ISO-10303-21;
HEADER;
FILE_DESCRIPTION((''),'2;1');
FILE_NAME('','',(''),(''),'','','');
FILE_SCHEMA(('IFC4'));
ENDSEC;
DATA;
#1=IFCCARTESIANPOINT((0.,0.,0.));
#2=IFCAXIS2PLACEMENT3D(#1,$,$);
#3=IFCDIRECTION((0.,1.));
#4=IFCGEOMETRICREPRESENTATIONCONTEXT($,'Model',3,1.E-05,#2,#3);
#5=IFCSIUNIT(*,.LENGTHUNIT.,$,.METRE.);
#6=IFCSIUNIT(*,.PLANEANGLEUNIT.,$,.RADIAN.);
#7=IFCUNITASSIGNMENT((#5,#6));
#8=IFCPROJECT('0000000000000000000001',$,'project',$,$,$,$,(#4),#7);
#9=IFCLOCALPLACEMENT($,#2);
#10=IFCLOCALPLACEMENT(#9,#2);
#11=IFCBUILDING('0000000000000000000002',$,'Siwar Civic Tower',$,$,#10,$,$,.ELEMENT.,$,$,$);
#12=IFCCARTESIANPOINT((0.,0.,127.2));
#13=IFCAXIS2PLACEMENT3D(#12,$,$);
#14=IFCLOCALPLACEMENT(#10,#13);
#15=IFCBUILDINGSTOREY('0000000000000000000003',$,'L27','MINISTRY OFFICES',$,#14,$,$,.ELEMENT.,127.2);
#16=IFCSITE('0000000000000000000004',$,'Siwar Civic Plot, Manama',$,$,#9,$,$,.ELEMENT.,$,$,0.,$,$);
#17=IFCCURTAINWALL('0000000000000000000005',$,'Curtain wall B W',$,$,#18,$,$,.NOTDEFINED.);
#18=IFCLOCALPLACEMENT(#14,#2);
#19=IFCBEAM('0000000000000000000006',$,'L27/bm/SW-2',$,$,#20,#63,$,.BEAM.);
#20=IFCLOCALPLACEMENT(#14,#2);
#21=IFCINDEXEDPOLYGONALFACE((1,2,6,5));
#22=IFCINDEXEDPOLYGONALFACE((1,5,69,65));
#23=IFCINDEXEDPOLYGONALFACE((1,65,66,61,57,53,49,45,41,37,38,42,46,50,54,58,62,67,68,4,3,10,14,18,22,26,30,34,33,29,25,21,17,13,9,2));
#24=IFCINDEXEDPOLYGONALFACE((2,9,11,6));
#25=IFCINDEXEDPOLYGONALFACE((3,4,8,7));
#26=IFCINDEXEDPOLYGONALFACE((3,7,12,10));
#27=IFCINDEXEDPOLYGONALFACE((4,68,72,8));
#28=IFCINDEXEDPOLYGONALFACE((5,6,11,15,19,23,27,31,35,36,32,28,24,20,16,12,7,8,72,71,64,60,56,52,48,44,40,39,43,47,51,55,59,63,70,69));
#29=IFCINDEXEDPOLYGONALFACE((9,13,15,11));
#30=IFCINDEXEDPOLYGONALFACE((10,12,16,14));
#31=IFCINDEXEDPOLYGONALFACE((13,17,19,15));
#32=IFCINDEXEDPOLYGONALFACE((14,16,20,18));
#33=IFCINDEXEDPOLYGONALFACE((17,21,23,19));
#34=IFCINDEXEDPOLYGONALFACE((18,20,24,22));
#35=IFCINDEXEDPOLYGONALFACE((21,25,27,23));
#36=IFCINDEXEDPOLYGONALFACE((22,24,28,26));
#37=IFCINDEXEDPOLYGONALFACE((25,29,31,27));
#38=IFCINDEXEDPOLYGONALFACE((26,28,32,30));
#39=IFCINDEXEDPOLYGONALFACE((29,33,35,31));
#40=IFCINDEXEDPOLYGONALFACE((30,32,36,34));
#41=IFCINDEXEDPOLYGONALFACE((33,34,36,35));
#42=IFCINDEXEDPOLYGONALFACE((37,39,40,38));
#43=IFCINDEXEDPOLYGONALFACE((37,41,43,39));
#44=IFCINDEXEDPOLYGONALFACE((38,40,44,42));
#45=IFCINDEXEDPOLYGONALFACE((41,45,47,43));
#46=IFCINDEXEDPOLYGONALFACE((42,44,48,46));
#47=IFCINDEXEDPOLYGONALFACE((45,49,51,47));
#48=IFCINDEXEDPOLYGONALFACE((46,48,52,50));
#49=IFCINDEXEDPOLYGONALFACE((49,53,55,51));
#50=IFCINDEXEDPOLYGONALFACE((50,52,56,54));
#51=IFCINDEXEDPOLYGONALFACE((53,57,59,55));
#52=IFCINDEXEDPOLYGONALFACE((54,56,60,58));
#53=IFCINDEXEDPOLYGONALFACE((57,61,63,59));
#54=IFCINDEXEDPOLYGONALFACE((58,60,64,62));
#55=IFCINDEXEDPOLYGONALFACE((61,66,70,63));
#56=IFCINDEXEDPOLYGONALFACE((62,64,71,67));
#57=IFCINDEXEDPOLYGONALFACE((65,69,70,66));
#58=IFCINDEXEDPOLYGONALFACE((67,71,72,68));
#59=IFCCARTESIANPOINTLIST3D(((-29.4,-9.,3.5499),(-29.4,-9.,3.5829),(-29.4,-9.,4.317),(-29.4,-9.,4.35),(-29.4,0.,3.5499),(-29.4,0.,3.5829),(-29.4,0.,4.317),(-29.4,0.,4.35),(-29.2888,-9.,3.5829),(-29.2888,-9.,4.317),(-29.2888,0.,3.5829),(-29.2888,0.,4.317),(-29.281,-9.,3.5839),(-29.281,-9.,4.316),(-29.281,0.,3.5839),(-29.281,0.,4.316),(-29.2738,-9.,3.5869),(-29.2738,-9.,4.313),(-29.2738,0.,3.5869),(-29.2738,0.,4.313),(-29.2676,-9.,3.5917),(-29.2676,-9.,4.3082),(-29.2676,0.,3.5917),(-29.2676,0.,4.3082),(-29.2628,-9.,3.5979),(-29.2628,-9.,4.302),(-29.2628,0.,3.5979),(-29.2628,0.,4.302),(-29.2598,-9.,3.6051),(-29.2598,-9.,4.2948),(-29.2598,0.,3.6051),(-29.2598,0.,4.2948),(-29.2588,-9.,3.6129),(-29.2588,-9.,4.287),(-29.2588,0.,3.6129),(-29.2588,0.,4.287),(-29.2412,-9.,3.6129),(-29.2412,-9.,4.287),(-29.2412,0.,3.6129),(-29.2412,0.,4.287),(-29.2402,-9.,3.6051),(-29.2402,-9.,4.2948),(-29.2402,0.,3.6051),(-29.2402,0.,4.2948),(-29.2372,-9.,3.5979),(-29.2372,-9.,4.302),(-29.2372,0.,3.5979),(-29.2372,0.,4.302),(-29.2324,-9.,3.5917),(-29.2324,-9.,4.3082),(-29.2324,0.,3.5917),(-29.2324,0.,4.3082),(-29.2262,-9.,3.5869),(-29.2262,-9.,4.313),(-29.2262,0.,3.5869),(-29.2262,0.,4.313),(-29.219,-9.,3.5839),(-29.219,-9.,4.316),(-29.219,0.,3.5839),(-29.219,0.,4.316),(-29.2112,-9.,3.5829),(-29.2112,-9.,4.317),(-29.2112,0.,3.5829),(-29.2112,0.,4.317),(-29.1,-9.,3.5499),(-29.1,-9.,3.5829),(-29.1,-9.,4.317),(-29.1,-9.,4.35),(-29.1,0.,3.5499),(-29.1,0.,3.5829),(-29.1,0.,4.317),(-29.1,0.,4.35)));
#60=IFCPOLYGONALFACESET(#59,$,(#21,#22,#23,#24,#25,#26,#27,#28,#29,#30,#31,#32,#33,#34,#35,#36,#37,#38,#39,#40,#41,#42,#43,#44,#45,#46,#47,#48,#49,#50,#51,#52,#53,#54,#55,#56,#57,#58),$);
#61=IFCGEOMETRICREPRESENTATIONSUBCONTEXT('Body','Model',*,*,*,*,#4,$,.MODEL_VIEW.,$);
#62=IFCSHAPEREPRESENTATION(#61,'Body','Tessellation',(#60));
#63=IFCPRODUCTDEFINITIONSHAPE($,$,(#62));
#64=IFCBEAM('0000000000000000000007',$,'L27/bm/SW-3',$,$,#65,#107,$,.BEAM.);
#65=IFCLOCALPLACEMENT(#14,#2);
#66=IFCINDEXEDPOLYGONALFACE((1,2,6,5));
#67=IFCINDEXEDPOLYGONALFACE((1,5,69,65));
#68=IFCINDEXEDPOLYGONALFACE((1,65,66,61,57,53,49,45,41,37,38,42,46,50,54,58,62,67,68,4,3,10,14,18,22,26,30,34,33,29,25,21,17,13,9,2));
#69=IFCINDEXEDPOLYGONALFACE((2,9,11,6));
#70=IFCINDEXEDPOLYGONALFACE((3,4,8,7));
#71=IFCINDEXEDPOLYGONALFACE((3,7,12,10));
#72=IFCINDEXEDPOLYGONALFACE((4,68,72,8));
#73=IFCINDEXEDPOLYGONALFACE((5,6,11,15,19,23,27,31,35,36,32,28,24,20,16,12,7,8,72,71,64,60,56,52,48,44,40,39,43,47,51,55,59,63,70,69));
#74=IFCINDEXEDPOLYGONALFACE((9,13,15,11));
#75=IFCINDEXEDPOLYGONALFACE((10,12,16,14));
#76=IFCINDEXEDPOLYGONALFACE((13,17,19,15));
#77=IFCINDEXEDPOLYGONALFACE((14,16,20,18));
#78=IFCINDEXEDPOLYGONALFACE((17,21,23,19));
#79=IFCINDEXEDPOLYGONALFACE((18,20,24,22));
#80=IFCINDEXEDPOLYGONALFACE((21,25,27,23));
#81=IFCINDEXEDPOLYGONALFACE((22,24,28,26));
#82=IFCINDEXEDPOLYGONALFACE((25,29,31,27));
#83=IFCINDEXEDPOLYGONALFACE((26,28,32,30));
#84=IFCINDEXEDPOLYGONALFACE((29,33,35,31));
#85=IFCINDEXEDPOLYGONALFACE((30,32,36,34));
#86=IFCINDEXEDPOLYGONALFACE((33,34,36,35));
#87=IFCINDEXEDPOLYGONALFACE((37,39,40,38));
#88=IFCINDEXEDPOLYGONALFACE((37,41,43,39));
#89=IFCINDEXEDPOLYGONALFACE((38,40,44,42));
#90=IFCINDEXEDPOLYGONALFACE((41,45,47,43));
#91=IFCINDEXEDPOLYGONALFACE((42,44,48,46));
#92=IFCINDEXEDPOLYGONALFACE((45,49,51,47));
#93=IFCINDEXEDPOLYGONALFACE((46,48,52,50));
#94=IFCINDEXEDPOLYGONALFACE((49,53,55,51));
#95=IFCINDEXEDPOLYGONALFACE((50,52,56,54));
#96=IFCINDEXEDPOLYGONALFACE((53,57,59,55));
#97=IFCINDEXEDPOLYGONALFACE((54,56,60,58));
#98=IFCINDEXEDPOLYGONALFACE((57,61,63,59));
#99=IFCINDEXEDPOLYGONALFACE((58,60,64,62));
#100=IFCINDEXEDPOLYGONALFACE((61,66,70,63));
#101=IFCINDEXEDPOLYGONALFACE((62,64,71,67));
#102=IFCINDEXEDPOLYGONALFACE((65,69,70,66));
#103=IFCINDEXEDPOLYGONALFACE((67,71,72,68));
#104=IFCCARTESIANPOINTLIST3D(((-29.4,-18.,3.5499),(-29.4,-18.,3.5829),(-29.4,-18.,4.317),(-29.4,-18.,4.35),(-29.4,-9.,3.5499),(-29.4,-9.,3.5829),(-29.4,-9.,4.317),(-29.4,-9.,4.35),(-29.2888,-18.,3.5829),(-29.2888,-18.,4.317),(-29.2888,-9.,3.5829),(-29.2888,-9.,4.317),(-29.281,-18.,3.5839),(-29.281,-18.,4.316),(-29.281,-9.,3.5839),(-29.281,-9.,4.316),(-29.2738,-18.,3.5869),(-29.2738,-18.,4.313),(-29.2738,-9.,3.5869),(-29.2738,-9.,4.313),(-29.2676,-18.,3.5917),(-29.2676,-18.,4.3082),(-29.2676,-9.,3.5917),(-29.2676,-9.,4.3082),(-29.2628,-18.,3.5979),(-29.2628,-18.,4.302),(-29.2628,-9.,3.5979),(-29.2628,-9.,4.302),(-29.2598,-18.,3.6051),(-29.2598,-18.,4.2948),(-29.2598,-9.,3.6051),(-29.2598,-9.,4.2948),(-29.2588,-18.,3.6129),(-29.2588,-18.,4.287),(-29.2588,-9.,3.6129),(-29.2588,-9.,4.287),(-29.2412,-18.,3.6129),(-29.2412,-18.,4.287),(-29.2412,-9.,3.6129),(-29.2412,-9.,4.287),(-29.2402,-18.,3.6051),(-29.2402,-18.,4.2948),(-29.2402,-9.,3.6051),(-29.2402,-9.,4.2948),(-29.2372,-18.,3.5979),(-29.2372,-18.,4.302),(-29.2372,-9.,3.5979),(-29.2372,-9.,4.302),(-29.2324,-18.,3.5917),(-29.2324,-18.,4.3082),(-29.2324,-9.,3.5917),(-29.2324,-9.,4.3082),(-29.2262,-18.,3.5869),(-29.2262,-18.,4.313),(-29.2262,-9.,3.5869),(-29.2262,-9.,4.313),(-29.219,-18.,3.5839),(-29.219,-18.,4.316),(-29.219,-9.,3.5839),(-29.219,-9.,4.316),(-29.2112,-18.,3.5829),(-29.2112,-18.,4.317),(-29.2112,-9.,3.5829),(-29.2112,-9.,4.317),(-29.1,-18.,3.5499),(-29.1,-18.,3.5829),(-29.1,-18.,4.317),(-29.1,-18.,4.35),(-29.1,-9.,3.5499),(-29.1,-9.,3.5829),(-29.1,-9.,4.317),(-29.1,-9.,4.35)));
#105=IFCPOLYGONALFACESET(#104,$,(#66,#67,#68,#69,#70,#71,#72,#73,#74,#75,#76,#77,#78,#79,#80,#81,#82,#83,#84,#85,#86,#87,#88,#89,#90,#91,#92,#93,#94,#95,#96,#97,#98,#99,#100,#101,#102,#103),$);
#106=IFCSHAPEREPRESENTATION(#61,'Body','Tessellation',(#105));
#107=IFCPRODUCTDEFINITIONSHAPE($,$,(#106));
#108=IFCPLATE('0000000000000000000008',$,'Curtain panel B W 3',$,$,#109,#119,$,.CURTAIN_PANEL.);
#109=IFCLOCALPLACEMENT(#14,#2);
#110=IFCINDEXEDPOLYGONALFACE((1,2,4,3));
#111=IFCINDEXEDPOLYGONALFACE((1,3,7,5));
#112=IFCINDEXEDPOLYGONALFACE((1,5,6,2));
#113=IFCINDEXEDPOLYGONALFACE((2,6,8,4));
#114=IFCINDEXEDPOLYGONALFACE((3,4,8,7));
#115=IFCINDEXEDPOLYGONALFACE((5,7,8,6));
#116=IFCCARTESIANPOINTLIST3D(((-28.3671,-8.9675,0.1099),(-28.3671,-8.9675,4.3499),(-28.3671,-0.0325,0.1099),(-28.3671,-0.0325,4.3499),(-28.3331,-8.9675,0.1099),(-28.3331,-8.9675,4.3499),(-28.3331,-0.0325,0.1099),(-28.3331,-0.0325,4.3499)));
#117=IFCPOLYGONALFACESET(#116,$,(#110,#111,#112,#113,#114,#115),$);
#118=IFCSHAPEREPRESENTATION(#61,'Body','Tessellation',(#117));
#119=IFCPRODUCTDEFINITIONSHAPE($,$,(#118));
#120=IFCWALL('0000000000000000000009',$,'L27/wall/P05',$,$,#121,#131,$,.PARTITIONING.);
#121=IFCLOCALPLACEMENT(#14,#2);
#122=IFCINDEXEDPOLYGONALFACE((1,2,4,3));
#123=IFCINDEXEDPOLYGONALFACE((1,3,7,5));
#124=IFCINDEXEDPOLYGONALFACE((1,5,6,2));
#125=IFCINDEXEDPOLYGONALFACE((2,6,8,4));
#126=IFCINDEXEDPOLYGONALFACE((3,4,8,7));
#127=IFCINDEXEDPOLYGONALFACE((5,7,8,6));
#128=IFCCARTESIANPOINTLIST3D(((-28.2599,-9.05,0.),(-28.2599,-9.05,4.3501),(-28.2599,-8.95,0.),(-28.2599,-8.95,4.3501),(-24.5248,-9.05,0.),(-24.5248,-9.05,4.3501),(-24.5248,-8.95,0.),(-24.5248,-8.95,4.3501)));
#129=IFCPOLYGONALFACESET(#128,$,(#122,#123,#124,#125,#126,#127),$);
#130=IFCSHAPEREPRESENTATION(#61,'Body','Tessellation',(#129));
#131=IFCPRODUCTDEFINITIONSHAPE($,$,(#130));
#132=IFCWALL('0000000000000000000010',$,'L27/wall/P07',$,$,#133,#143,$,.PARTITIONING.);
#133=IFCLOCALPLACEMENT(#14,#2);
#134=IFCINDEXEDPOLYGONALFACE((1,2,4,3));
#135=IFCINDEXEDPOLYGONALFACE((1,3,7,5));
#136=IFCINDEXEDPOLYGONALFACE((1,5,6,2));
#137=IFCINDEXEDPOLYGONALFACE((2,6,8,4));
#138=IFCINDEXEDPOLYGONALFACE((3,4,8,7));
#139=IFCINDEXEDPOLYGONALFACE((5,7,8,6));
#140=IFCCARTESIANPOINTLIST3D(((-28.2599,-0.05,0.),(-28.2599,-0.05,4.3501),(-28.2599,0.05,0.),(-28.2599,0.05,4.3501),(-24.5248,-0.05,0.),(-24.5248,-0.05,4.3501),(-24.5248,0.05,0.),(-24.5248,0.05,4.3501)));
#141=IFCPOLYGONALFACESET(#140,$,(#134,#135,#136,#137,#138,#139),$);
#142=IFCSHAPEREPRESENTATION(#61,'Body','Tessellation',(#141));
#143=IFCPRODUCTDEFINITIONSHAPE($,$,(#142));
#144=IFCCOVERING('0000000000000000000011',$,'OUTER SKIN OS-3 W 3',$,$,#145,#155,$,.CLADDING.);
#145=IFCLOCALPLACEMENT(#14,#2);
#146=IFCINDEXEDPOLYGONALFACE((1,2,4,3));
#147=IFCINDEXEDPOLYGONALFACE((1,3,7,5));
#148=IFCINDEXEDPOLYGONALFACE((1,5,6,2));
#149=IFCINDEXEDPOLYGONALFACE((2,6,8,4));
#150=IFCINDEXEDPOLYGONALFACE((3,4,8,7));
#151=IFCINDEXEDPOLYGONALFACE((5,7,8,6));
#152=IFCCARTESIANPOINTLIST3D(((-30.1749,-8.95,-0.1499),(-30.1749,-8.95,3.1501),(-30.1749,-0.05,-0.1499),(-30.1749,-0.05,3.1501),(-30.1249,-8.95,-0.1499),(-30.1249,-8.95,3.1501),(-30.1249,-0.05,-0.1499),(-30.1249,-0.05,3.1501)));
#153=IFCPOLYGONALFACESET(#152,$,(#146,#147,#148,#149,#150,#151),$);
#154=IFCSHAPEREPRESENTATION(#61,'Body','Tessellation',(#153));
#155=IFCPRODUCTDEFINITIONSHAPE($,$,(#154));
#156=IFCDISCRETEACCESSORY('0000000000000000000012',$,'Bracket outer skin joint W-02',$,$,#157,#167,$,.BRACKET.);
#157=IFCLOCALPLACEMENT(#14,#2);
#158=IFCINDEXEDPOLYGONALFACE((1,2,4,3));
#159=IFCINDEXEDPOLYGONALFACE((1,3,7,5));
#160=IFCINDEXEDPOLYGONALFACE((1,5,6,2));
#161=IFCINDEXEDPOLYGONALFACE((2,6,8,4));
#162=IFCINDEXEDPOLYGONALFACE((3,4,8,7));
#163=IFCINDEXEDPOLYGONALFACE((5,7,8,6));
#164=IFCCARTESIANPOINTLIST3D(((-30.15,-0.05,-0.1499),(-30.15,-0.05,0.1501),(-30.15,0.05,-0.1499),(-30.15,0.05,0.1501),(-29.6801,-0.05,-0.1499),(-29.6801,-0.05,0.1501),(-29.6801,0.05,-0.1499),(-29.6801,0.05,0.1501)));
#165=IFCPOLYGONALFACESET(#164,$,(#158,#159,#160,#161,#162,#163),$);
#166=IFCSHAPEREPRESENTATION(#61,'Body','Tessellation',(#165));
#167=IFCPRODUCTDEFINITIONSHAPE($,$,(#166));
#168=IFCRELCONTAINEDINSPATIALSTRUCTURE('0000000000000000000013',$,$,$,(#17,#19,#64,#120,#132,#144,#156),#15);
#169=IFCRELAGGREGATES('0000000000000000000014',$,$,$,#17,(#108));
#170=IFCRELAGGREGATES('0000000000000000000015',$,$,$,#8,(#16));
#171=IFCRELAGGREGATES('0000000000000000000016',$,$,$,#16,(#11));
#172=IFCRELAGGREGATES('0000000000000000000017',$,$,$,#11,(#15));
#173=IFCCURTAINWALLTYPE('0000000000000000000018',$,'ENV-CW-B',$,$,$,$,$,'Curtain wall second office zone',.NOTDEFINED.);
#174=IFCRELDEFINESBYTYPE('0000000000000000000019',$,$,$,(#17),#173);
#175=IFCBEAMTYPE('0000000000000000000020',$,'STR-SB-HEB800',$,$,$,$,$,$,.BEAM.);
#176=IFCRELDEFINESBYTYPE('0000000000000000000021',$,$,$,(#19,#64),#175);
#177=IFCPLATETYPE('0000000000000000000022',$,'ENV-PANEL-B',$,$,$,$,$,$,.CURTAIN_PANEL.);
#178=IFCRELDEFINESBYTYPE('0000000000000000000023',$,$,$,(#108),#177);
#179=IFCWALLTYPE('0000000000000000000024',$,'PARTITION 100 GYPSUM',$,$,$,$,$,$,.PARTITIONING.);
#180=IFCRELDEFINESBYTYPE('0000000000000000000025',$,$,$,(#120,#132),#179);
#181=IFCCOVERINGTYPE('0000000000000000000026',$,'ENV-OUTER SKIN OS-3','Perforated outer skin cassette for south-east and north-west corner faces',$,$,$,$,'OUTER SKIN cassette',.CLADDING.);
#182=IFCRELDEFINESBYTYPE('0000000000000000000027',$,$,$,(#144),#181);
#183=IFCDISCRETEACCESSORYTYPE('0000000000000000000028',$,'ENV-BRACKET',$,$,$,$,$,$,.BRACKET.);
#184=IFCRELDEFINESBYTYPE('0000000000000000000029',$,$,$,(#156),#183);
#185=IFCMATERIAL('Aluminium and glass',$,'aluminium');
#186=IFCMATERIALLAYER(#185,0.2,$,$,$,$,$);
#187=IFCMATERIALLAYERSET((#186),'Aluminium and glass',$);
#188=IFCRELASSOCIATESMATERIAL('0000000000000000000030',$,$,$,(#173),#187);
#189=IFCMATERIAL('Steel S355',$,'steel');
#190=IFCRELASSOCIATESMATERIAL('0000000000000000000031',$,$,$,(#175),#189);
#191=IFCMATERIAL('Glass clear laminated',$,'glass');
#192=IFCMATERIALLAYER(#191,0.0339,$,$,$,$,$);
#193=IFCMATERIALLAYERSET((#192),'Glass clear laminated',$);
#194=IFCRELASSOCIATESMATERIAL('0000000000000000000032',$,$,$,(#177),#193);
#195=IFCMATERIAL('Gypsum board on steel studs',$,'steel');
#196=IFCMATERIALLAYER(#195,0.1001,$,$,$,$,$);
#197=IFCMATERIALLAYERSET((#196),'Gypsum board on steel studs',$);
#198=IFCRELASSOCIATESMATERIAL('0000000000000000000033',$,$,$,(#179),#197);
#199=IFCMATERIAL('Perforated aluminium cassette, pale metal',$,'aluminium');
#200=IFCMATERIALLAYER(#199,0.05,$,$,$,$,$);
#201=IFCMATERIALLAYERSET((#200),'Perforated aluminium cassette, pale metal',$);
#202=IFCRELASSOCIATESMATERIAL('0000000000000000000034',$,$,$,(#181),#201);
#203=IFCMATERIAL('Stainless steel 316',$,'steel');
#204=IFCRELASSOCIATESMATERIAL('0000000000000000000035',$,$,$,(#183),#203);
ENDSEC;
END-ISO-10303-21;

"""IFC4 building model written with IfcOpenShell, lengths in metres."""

from ifc_helpers import new_model, si_unit, direction, frame, frame_2d, origin, origin_2d, place, context, subcontext, project, spatial, rectangle, i_section, extrude, material, layer, layer_set, material_profile, profile_set, type_object, element, aggregate, save


model = new_model("IFC4")

# Units and contexts
model_context = context("Model", 3, precision=1e-05, world=origin(), true_north=direction((0.0, 1.0)))
body_context = subcontext(model_context, "Body", "Model", "MODEL_VIEW")
ifc_project = project(units=[si_unit("LENGTHUNIT", "METRE"), si_unit("PLANEANGLEUNIT", "RADIAN")], contexts=[model_context])

# Site, building, storey
site_placement = place(None, origin())
site = spatial("IfcSite", under=ifc_project, at=site_placement, Name="Siwar Civic Plot, Manama", CompositionType="ELEMENT", RefElevation=0.0)
building_placement = place(site_placement, origin())
building = spatial("IfcBuilding", under=site, at=building_placement, Name="Siwar Civic Tower", CompositionType="ELEMENT")
storey_placement = place(building_placement, frame((0.0, 0.0, 127.2)))
storey = spatial("IfcBuildingStorey", under=building, at=storey_placement, Name="L27", Description="MINISTRY OFFICES", CompositionType="ELEMENT", Elevation=127.2)

# Curtain wall
ifc_material_1 = material(Name="Aluminium and glass", Category="aluminium")
ifc_layer_1 = layer(ifc_material_1, 0.2)
ifc_layer_set_1 = layer_set([ifc_layer_1], Name="Aluminium and glass")
curtain_wall_type = type_object("IfcCurtainWallType", Name="ENV-CW-B", ElementType="Curtain wall second office zone", PredefinedType="NOTDEFINED", material=ifc_layer_set_1)
curtain_wall_placement = place(storey_placement, origin())
curtain_wall = element("IfcCurtainWall", 1, at=curtain_wall_placement, inside=storey, type_object=curtain_wall_type, Name="Curtain wall B W", PredefinedType="NOTDEFINED")

# Beams
ifc_material_2 = material(Name="Steel S355", Category="steel")
ifc_material_profile_1 = material_profile(ifc_material_2, i_section(OverallWidth=0.3, OverallDepth=0.8, WebThickness=0.0176, FlangeThickness=0.033, FilletRadius=0.03, at=origin_2d()), Name="HEB800")
ifc_profile_set_1 = profile_set([ifc_material_profile_1], Name="Steel S355")
beam_type_1 = type_object("IfcBeamType", Name="STR-SB-HEB800", PredefinedType="BEAM", material=ifc_profile_set_1)
for number, where, z_axis, x_axis, name in (
    (2, (-29.25, 0.0, 3.95), (0.0, -1.0, 0.0), (1.0, 0.0, 0.0), "L27/bm/SW-2"),
    (3, (-29.25, -9.0, 3.95), (0.0, -1.0, 0.0), (1.0, 0.0, 0.0), "L27/bm/SW-3"),
):
    element("IfcBeam", number, at=place(storey_placement, frame(where, z_axis=z_axis, x_axis=x_axis)), inside=storey, type_object=beam_type_1, Name=name, PredefinedType="BEAM", context=body_context, shape_type="SweptSolid", body=[
        extrude(i_section(OverallWidth=0.3, OverallDepth=0.8, WebThickness=0.0176, FlangeThickness=0.033, FilletRadius=0.03, at=origin_2d()), origin(), (0.0, 0.0, 1.0), 9.0),
    ])

# Plate
ifc_material_3 = material(Name="Glass clear laminated", Category="glass")
ifc_layer_2 = layer(ifc_material_3, 0.0339)
ifc_layer_set_2 = layer_set([ifc_layer_2], Name="Glass clear laminated")
plate_type = type_object("IfcPlateType", Name="ENV-PANEL-B", PredefinedType="CURTAIN_PANEL", material=ifc_layer_set_2)
plate_placement = place(storey_placement, frame((-28.3501, -4.5, 0.1099), z_axis=(0.0, 0.0, 1.0), x_axis=(0.0, -1.0, 0.0)))
plate = element("IfcPlate", 4, at=plate_placement, type_object=plate_type, Name="Curtain panel B W 3", PredefinedType="CURTAIN_PANEL", context=body_context, shape_type="SweptSolid", body=[
    extrude(rectangle(XDim=8.9351, YDim=0.0339, at=origin_2d()), origin(), (0.0, 0.0, 1.0), 4.24),
])
aggregate(curtain_wall, [plate])

# Walls
ifc_material_4 = material(Name="Gypsum board on steel studs", Category="steel")
ifc_layer_3 = layer(ifc_material_4, 0.1001)
ifc_layer_set_3 = layer_set([ifc_layer_3], Name="Gypsum board on steel studs")
wall_type = type_object("IfcWallType", Name="PARTITION 100 GYPSUM", PredefinedType="PARTITIONING", material=ifc_layer_set_3)
for number, where, z_axis, x_axis, name in (
    (5, (-28.26, -9.0, 0.0), (0.0, 0.0, 1.0), (1.0, 0.0, 0.0), "L27/wall/P05"),
    (6, (-28.26, 0.0, 0.0), (0.0, 0.0, 1.0), (1.0, 0.0, 0.0), "L27/wall/P07"),
):
    element("IfcWall", number, at=place(storey_placement, frame(where, z_axis=z_axis, x_axis=x_axis)), inside=storey, type_object=wall_type, Name=name, PredefinedType="PARTITIONING", context=body_context, shape_type="SweptSolid", body=[
        extrude(rectangle(XDim=3.7351, YDim=0.1001, at=frame_2d((1.8677, 0.0))), origin(), (0.0, 0.0, 1.0), 4.3501),
    ])

# Covering
ifc_material_5 = material(Name="Perforated aluminium cassette, pale metal", Category="aluminium")
ifc_layer_4 = layer(ifc_material_5, 0.05)
ifc_layer_set_4 = layer_set([ifc_layer_4], Name="Perforated aluminium cassette, pale metal")
covering_type = type_object("IfcCoveringType", Name="ENV-OUTER SKIN OS-3", Description="Perforated outer skin cassette for south-east and north-west corner faces", ElementType="OUTER SKIN cassette", PredefinedType="CLADDING", material=ifc_layer_set_4)
covering_placement = place(storey_placement, frame((-30.1499, -4.5, -0.1499), z_axis=(0.0, 0.0, 1.0), x_axis=(0.0, -1.0, 0.0)))
element("IfcCovering", 7, at=covering_placement, inside=storey, type_object=covering_type, Name="OUTER SKIN OS-3 W 3", PredefinedType="CLADDING", context=body_context, shape_type="SweptSolid", body=[
    extrude(rectangle(XDim=8.8999, YDim=0.05, at=origin_2d()), origin(), (0.0, 0.0, 1.0), 3.3),
])

# Discrete accessory
ifc_material_6 = material(Name="Stainless steel 316", Category="steel")
discrete_accessory_type = type_object("IfcDiscreteAccessoryType", Name="ENV-BRACKET", PredefinedType="BRACKET", material=ifc_material_6)
discrete_accessory_placement = place(storey_placement, frame((-29.915, 0.0, -0.1499), z_axis=(0.0, 0.0, 1.0), x_axis=(-1.0, 0.0, 0.0)))
element("IfcDiscreteAccessory", 8, at=discrete_accessory_placement, inside=storey, type_object=discrete_accessory_type, Name="Bracket outer skin joint W-02", PredefinedType="BRACKET", context=body_context, shape_type="SweptSolid", body=[
    extrude(rectangle(XDim=0.47, YDim=0.1001, at=origin_2d()), origin(), (0.0, 0.0, 1.0), 0.3),
])

save(model, "model.ifc")
